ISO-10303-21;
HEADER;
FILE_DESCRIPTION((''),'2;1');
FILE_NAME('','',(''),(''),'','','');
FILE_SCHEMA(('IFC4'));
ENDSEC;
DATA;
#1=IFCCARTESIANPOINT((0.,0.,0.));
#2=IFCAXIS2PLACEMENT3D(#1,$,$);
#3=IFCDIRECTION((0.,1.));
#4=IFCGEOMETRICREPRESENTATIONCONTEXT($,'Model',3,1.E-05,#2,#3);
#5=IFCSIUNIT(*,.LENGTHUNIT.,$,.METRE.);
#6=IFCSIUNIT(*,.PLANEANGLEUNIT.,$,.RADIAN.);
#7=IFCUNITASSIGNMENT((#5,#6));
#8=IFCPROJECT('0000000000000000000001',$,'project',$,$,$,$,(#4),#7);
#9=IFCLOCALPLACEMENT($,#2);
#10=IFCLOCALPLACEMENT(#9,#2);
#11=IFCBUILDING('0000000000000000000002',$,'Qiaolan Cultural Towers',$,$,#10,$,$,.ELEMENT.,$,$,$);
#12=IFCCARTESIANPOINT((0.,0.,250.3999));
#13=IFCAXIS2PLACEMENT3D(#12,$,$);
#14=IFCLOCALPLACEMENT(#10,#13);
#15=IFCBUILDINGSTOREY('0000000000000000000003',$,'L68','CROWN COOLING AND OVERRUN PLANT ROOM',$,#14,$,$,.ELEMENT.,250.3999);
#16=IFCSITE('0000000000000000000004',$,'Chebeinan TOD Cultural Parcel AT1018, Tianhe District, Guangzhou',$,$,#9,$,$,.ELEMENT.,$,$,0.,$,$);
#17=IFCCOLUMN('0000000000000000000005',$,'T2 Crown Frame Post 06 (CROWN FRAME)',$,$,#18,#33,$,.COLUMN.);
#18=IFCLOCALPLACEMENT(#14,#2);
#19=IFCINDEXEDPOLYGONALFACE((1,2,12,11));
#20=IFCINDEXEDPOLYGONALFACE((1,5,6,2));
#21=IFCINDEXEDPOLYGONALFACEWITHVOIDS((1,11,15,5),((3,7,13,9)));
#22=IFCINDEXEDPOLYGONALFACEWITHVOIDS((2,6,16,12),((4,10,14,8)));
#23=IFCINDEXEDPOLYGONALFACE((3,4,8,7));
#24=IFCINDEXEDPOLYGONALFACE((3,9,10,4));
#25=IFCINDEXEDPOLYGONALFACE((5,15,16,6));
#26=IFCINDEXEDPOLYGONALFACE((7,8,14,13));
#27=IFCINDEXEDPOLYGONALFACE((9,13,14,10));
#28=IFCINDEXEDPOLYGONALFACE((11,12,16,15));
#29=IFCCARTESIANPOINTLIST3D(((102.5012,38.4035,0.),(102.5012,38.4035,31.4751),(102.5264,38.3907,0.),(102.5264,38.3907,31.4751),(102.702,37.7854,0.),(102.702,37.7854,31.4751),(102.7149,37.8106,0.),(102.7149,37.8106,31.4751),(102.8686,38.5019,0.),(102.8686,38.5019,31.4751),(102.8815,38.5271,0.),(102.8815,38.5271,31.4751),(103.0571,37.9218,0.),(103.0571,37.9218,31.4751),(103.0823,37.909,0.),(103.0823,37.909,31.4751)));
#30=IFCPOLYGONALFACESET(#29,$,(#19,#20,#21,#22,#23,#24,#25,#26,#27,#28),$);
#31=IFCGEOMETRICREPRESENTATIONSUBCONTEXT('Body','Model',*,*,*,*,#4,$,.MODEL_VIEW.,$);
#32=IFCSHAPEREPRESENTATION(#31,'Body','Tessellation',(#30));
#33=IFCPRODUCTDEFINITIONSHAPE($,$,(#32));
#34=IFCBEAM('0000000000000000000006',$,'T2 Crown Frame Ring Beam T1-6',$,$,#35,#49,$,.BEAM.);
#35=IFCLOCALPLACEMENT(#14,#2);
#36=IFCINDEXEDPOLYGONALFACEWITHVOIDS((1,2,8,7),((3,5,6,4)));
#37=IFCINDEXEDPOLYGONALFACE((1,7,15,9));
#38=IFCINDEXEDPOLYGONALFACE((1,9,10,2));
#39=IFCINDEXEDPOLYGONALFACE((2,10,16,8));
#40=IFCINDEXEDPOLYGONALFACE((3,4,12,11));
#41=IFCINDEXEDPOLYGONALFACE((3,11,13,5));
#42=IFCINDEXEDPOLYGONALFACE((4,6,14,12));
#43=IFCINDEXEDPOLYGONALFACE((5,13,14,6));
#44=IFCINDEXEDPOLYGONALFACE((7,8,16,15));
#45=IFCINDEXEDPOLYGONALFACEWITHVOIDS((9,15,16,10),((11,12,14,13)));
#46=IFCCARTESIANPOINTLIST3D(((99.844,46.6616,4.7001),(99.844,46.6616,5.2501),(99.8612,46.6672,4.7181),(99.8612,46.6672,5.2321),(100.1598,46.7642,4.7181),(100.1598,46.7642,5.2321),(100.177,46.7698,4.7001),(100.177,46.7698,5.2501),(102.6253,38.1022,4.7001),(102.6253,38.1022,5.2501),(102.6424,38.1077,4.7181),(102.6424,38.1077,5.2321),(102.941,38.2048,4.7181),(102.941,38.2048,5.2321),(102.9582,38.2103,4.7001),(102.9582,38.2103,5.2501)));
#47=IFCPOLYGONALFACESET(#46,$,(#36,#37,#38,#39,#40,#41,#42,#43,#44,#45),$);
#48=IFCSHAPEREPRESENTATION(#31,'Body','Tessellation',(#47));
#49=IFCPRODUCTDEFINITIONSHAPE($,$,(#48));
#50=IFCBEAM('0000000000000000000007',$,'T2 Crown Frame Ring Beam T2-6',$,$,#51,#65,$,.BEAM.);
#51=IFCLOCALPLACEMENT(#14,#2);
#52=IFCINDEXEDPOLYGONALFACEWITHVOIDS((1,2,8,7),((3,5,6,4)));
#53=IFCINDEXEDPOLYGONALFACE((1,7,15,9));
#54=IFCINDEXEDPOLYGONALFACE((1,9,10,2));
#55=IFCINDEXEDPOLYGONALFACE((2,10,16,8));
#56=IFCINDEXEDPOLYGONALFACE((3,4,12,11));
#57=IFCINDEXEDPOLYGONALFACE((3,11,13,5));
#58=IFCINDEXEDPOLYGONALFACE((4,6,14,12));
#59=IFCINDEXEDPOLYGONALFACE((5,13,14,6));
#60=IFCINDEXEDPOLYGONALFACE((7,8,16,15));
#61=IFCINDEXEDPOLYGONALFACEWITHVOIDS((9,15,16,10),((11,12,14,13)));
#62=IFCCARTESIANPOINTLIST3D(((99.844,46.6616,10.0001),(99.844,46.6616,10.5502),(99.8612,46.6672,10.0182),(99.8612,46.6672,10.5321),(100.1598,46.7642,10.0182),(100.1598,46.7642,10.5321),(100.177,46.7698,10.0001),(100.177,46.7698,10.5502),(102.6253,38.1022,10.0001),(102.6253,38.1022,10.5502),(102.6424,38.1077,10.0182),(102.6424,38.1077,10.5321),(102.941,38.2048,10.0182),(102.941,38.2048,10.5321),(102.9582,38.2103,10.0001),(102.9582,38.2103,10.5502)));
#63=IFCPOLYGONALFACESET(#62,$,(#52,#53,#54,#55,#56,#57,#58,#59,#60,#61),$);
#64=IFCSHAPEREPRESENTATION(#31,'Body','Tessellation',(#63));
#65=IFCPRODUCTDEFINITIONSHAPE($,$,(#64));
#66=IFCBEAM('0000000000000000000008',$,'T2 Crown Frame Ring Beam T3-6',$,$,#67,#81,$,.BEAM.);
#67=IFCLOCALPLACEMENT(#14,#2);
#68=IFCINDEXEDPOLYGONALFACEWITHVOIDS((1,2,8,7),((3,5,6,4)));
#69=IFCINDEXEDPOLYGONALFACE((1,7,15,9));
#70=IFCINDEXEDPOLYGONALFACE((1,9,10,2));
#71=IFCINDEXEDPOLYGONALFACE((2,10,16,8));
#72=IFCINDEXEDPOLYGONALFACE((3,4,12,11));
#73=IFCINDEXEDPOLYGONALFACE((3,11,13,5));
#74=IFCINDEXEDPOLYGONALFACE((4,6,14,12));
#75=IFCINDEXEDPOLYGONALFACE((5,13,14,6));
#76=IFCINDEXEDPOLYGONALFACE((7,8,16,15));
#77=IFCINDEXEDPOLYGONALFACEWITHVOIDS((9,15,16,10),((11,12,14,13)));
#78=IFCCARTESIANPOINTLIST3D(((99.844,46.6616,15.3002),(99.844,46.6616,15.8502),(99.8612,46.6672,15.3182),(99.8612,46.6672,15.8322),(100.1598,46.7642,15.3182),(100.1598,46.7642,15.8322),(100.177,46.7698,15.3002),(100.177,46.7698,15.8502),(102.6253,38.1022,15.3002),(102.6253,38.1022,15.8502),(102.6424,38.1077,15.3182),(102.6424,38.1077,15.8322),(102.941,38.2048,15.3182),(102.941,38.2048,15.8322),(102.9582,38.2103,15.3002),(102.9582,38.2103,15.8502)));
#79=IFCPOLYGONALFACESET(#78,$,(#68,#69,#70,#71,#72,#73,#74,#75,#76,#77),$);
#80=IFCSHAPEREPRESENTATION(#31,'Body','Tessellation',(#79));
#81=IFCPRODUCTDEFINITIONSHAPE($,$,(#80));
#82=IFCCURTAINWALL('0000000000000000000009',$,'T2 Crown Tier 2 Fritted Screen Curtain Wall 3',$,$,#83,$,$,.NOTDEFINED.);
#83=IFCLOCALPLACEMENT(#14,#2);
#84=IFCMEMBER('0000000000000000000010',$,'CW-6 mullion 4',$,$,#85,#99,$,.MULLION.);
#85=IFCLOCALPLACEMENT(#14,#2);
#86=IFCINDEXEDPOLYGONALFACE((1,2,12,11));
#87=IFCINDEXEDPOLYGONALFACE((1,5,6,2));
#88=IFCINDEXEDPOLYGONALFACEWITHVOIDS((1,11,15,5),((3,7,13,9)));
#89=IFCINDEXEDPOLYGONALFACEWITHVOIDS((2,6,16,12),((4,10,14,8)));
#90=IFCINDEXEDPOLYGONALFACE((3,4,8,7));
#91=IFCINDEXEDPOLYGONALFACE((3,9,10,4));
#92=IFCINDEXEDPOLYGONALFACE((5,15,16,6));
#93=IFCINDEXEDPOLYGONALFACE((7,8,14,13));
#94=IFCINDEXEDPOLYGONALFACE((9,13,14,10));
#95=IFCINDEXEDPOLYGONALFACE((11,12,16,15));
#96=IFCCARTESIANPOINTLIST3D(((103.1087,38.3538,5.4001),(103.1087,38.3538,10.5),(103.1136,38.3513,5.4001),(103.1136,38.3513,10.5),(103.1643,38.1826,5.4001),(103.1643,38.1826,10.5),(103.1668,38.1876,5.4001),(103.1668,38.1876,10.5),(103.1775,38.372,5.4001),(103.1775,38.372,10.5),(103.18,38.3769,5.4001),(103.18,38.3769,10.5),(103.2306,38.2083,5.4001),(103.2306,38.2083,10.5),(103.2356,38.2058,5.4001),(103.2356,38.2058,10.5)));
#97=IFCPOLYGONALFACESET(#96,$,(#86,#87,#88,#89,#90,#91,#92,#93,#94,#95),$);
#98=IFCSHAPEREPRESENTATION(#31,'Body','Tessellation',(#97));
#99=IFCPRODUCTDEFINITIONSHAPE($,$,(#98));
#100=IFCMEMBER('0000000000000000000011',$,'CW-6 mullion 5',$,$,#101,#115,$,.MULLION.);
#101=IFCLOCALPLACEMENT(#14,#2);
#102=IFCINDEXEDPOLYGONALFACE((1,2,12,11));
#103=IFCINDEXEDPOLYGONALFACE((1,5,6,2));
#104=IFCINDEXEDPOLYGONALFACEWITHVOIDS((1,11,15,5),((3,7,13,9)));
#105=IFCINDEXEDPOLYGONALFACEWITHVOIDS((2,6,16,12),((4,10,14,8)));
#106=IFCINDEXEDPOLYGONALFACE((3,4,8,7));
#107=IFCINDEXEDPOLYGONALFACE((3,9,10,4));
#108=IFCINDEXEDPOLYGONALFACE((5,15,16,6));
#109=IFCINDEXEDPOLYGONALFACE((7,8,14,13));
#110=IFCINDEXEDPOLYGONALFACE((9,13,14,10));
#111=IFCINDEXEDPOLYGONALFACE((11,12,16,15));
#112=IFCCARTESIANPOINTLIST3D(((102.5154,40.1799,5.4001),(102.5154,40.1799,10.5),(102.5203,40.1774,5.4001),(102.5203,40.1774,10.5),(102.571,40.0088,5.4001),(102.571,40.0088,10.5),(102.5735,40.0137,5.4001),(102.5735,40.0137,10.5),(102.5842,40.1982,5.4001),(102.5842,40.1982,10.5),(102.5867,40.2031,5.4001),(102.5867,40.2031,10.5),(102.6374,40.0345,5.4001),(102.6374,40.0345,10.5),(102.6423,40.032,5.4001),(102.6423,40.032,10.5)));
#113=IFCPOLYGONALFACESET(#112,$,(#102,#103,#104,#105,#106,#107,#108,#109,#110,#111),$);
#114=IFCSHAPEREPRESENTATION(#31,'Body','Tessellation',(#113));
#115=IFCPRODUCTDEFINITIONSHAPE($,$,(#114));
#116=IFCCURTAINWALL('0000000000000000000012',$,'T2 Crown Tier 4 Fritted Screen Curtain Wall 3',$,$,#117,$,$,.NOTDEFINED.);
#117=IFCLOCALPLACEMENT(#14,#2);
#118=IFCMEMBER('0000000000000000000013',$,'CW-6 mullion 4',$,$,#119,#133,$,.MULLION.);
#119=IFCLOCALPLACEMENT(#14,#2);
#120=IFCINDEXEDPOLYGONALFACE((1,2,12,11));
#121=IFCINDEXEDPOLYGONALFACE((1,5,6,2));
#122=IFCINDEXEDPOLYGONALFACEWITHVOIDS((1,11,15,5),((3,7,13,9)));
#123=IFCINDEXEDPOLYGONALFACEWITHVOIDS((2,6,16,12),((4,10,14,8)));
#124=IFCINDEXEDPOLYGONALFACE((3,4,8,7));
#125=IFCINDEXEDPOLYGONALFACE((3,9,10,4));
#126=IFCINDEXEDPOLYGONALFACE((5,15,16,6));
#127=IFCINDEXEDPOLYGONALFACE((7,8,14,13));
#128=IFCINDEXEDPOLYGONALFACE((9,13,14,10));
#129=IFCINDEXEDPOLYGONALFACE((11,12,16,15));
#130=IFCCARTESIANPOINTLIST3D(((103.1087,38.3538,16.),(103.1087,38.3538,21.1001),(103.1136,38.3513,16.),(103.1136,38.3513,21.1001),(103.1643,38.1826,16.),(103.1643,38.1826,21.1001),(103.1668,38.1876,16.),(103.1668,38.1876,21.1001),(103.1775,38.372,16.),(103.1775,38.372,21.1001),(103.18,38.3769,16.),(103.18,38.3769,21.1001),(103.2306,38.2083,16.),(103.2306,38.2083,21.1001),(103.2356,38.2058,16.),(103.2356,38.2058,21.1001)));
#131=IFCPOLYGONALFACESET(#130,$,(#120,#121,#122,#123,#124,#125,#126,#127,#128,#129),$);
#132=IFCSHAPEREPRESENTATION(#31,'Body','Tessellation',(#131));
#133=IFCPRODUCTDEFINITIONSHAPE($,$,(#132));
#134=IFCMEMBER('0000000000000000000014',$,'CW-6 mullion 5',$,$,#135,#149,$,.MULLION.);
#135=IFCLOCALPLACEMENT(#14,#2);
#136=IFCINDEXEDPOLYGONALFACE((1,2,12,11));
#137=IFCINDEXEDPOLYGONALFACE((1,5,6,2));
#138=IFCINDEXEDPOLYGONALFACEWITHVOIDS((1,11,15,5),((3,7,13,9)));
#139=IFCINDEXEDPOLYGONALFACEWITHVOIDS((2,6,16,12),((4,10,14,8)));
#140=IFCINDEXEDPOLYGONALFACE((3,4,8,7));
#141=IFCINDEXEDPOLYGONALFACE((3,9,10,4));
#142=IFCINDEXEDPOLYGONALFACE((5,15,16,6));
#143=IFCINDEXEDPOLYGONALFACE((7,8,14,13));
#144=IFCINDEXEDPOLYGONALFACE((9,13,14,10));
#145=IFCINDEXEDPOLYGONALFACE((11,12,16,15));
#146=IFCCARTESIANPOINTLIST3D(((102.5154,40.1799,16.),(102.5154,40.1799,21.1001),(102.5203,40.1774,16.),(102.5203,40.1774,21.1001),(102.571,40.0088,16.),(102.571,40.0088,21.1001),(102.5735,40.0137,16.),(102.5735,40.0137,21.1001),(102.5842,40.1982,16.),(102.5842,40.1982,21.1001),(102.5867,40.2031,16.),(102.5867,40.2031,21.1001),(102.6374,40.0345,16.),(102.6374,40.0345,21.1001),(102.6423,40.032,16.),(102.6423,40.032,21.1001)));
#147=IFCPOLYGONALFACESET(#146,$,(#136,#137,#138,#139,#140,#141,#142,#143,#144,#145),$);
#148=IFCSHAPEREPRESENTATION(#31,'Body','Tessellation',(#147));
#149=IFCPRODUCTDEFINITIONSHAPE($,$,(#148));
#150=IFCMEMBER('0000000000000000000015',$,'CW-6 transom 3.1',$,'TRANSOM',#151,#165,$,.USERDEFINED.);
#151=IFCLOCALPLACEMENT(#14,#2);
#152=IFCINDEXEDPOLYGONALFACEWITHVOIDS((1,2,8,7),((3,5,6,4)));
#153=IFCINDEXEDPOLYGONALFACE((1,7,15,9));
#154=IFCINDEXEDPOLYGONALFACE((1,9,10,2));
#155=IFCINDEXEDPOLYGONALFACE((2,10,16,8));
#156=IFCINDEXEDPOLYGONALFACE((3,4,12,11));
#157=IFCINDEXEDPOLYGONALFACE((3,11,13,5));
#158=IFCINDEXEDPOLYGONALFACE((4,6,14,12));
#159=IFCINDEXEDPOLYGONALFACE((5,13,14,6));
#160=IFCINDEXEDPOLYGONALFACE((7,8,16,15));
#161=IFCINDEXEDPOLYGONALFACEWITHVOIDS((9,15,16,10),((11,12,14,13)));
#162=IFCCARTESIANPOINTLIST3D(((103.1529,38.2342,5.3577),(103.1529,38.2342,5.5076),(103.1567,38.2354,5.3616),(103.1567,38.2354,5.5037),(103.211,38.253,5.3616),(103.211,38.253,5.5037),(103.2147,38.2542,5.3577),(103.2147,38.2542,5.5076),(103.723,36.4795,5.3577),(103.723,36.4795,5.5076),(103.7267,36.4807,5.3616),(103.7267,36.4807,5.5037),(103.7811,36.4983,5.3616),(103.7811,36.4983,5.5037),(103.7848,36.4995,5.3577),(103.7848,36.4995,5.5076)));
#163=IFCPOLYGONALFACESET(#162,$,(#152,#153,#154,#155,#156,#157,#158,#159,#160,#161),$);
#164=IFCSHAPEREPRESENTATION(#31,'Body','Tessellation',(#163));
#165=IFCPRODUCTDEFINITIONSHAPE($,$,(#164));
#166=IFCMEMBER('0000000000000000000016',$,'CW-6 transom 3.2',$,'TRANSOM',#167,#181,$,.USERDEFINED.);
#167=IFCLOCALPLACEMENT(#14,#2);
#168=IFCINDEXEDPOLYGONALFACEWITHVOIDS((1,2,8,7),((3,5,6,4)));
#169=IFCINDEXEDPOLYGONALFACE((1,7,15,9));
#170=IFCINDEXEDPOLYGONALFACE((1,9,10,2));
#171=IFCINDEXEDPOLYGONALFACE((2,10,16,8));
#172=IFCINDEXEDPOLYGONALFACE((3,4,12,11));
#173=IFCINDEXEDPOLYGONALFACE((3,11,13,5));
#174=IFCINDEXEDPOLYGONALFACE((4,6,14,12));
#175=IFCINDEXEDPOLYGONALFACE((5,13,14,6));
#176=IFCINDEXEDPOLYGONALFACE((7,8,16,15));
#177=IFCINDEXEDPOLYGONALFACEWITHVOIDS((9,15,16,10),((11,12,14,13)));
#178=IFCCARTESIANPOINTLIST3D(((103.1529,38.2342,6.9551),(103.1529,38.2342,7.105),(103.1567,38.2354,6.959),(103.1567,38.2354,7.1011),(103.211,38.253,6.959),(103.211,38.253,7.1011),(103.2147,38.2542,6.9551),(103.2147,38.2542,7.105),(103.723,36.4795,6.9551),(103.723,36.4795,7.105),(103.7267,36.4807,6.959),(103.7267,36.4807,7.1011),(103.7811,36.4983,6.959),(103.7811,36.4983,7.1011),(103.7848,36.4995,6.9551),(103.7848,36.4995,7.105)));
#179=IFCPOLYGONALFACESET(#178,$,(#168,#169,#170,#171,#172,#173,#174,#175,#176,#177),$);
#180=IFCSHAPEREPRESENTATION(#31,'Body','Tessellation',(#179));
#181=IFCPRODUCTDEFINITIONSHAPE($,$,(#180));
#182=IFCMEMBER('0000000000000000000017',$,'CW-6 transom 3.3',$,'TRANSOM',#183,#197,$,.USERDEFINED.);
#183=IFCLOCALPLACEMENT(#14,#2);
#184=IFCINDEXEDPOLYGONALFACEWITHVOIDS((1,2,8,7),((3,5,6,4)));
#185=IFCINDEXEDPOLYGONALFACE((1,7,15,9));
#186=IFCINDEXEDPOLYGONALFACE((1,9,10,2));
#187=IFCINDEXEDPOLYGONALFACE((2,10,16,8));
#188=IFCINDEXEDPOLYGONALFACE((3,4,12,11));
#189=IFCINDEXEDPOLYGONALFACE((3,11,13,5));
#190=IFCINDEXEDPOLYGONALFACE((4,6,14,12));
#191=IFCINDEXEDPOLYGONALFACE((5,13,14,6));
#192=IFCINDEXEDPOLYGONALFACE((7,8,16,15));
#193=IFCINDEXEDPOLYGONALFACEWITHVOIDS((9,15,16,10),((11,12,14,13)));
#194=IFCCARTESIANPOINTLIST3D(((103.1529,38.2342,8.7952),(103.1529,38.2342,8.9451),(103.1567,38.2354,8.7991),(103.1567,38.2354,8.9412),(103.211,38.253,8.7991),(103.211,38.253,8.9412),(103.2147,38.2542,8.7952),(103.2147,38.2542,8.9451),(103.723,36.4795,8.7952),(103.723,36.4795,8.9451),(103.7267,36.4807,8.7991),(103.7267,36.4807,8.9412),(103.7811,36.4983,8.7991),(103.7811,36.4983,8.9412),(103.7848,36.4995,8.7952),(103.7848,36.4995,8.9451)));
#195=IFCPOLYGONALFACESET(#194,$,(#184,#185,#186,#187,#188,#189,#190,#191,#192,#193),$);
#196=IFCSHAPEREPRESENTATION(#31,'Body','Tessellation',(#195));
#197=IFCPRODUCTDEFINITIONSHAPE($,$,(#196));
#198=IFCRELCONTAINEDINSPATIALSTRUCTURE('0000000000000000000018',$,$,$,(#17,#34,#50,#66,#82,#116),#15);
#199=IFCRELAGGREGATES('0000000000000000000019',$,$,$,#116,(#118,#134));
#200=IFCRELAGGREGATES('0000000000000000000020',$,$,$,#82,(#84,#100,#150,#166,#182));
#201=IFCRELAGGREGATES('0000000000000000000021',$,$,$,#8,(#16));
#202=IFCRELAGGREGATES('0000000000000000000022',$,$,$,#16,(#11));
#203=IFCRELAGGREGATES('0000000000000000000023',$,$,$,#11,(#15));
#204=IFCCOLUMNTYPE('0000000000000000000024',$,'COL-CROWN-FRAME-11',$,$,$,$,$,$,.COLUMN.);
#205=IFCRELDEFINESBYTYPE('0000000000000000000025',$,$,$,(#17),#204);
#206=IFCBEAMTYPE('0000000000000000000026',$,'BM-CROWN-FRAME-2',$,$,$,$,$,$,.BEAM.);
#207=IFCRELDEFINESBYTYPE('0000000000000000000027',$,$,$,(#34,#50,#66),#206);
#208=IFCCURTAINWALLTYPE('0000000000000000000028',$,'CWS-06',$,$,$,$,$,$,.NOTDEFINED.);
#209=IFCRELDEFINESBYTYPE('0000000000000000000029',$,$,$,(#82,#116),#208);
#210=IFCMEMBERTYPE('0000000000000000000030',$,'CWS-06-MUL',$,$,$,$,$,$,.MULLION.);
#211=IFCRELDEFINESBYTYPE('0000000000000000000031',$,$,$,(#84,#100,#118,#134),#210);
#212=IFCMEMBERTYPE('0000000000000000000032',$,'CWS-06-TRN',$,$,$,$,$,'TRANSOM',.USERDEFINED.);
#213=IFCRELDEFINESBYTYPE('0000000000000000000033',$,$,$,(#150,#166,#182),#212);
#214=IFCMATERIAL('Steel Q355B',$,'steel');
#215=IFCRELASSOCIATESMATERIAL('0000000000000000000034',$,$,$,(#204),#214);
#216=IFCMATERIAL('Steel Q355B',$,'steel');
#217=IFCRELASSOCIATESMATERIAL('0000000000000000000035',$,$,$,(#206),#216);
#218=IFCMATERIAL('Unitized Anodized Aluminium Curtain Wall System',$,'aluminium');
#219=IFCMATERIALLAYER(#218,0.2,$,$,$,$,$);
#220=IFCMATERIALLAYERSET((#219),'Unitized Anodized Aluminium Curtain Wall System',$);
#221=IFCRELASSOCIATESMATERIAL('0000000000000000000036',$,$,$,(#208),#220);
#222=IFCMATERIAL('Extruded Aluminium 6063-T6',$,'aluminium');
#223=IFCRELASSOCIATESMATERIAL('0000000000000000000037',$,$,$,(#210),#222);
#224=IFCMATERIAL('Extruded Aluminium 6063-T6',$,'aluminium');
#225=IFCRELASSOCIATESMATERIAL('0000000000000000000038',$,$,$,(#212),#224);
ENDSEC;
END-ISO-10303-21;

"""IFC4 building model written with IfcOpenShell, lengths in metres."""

from ifc_helpers import new_model, si_unit, direction, frame, origin, origin_2d, place, context, subcontext, project, spatial, hollow_rectangle, extrude, material, layer, layer_set, material_profile, profile_set, type_object, element, aggregate, save


model = new_model("IFC4")

# Units and contexts
model_context = context("Model", 3, precision=1e-05, world=origin(), true_north=direction((0.0, 1.0)))
body_context = subcontext(model_context, "Body", "Model", "MODEL_VIEW")
ifc_project = project(units=[si_unit("LENGTHUNIT", "METRE"), si_unit("PLANEANGLEUNIT", "RADIAN")], contexts=[model_context])

# Site, building, storey
site_placement = place(None, origin())
site = spatial("IfcSite", under=ifc_project, at=site_placement, Name="Chebeinan TOD Cultural Parcel AT1018, Tianhe District, Guangzhou", CompositionType="ELEMENT", RefElevation=0.0)
building_placement = place(site_placement, origin())
building = spatial("IfcBuilding", under=site, at=building_placement, Name="Qiaolan Cultural Towers", CompositionType="ELEMENT")
storey_placement = place(building_placement, frame((0.0, 0.0, 250.3999)))
storey = spatial("IfcBuildingStorey", under=building, at=storey_placement, Name="L68", Description="CROWN COOLING AND OVERRUN PLANT ROOM", CompositionType="ELEMENT", Elevation=250.3999)

# Column
ifc_material_1 = material(Name="Steel Q355B", Category="steel")
ifc_material_profile_1 = material_profile(ifc_material_1, hollow_rectangle(XDim=0.3999, YDim=0.6499, WallThickness=0.02, at=origin_2d()), Name="BOX650x400x20")
ifc_profile_set_1 = profile_set([ifc_material_profile_1], Name="Steel Q355B")
column_type = type_object("IfcColumnType", Name="COL-CROWN-FRAME-11", PredefinedType="COLUMN", material=ifc_profile_set_1)
column_placement = place(storey_placement, frame((102.7917, 38.1562, 0.0), z_axis=(0.0, 0.0, 1.0), x_axis=(0.951057, 0.309017, 0.0)))
element("IfcColumn", 1, at=column_placement, inside=storey, type_object=column_type, Name="T2 Crown Frame Post 06 (CROWN FRAME)", PredefinedType="COLUMN", context=body_context, shape_type="SweptSolid", body=[
    extrude(hollow_rectangle(XDim=0.3999, YDim=0.6499, WallThickness=0.02, at=origin_2d()), origin(), (0.0, 0.0, 1.0), 31.4751),
])

# Beams
ifc_material_2 = material(Name="Steel Q355B", Category="steel")
ifc_material_profile_2 = material_profile(ifc_material_2, hollow_rectangle(XDim=0.3501, YDim=0.55, WallThickness=0.0181, at=origin_2d()), Name="BOX550x350x18")
ifc_profile_set_2 = profile_set([ifc_material_profile_2], Name="Steel Q355B")
beam_type = type_object("IfcBeamType", Name="BM-CROWN-FRAME-2", PredefinedType="BEAM", material=ifc_profile_set_2)
for number, where, z_axis, x_axis, name in (
    (2, (102.7917, 38.1562, 4.9751), (-0.309025, 0.951054, 0.0), (-0.951054, -0.309025, 0.0), "T2 Crown Frame Ring Beam T1-6"),
    (3, (102.7917, 38.1562, 10.2751), (-0.309025, 0.951054, 0.0), (-0.951054, -0.309025, 0.0), "T2 Crown Frame Ring Beam T2-6"),
    (4, (102.7917, 38.1562, 15.5752), (-0.309025, 0.951054, 0.0), (-0.951054, -0.309025, 0.0), "T2 Crown Frame Ring Beam T3-6"),
):
    element("IfcBeam", number, at=place(storey_placement, frame(where, z_axis=z_axis, x_axis=x_axis)), inside=storey, type_object=beam_type, Name=name, PredefinedType="BEAM", context=body_context, shape_type="SweptSolid", body=[
        extrude(hollow_rectangle(XDim=0.3501, YDim=0.55, WallThickness=0.0181, at=origin_2d()), origin(), (0.0, 0.0, 1.0), 9.0),
    ])

# Curtain walls, members
ifc_material_3 = material(Name="Unitized Anodized Aluminium Curtain Wall System", Category="aluminium")
ifc_layer_1 = layer(ifc_material_3, 0.2)
ifc_layer_set_1 = layer_set([ifc_layer_1], Name="Unitized Anodized Aluminium Curtain Wall System")
curtain_wall_type = type_object("IfcCurtainWallType", Name="CWS-06", PredefinedType="NOTDEFINED", material=ifc_layer_set_1)
curtain_wall_1_placement = place(storey_placement, origin())
curtain_wall_1 = element("IfcCurtainWall", 5, at=curtain_wall_1_placement, inside=storey, type_object=curtain_wall_type, Name="T2 Crown Tier 2 Fritted Screen Curtain Wall 3", PredefinedType="NOTDEFINED")
ifc_material_4 = material(Name="Extruded Aluminium 6063-T6", Category="aluminium")
ifc_material_profile_3 = material_profile(ifc_material_4, hollow_rectangle(XDim=0.075, YDim=0.1799, WallThickness=0.0039, at=origin_2d()), Name="CWM-180x75x4")
ifc_profile_set_3 = profile_set([ifc_material_profile_3], Name="Extruded Aluminium 6063-T6")
member_type_1 = type_object("IfcMemberType", Name="CWS-06-MUL", PredefinedType="MULLION", material=ifc_profile_set_3)
member_1_placement = place(storey_placement, frame((103.1721, 38.2798, 5.4001), z_axis=(0.0, 0.0, 1.0), x_axis=(-0.951057, -0.309017, 0.0)))
member_1 = element("IfcMember", 6, at=member_1_placement, type_object=member_type_1, Name="CW-6 mullion 4", PredefinedType="MULLION", context=body_context, shape_type="SweptSolid", body=[
    extrude(hollow_rectangle(XDim=0.075, YDim=0.1799, WallThickness=0.0039, at=origin_2d()), origin(), (0.0, 0.0, 1.0), 5.0999),
])
member_2_placement = place(storey_placement, frame((102.5789, 40.106, 5.4001), z_axis=(0.0, 0.0, 1.0), x_axis=(-0.951057, -0.309017, 0.0)))
member_2 = element("IfcMember", 7, at=member_2_placement, type_object=member_type_1, Name="CW-6 mullion 5", PredefinedType="MULLION", context=body_context, shape_type="SweptSolid", body=[
    extrude(hollow_rectangle(XDim=0.075, YDim=0.1799, WallThickness=0.0039, at=origin_2d()), origin(), (0.0, 0.0, 1.0), 5.0999),
])
curtain_wall_2_placement = place(storey_placement, origin())
curtain_wall_2 = element("IfcCurtainWall", 8, at=curtain_wall_2_placement, inside=storey, type_object=curtain_wall_type, Name="T2 Crown Tier 4 Fritted Screen Curtain Wall 3", PredefinedType="NOTDEFINED")
member_3_placement = place(storey_placement, frame((103.1721, 38.2798, 16.0), z_axis=(0.0, 0.0, 1.0), x_axis=(-0.951057, -0.309017, 0.0)))
member_3 = element("IfcMember", 9, at=member_3_placement, type_object=member_type_1, Name="CW-6 mullion 4", PredefinedType="MULLION", context=body_context, shape_type="SweptSolid", body=[
    extrude(hollow_rectangle(XDim=0.075, YDim=0.1799, WallThickness=0.0039, at=origin_2d()), origin(), (0.0, 0.0, 1.0), 5.1001),
])
member_4_placement = place(storey_placement, frame((102.5789, 40.106, 16.0), z_axis=(0.0, 0.0, 1.0), x_axis=(-0.951057, -0.309017, 0.0)))
member_4 = element("IfcMember", 10, at=member_4_placement, type_object=member_type_1, Name="CW-6 mullion 5", PredefinedType="MULLION", context=body_context, shape_type="SweptSolid", body=[
    extrude(hollow_rectangle(XDim=0.075, YDim=0.1799, WallThickness=0.0039, at=origin_2d()), origin(), (0.0, 0.0, 1.0), 5.1001),
])

# Members
ifc_material_5 = material(Name="Extruded Aluminium 6063-T6", Category="aluminium")
ifc_material_profile_4 = material_profile(ifc_material_5, hollow_rectangle(XDim=0.0649, YDim=0.1499, WallThickness=0.0039, at=origin_2d()), Name="CWT-150x65x4")
ifc_profile_set_4 = profile_set([ifc_material_profile_4], Name="Extruded Aluminium 6063-T6")
member_type_2 = type_object("IfcMemberType", Name="CWS-06-TRN", ElementType="TRANSOM", PredefinedType="USERDEFINED", material=ifc_profile_set_4)
member_5_placement = place(storey_placement, frame((103.7539, 36.4895, 5.4326), z_axis=(-0.308993, 0.951064, 0.0), x_axis=(-0.951064, -0.308993, 0.0)))
member_5 = element("IfcMember", 11, at=member_5_placement, type_object=member_type_2, Name="CW-6 transom 3.1", ObjectType="TRANSOM", PredefinedType="USERDEFINED", context=body_context, shape_type="SweptSolid", body=[
    extrude(hollow_rectangle(XDim=0.0649, YDim=0.1499, WallThickness=0.0039, at=origin_2d()), origin(), (0.0, 0.0, 1.0), 1.845),
])
member_6_placement = place(storey_placement, frame((103.7539, 36.4895, 7.03), z_axis=(-0.308993, 0.951064, 0.0), x_axis=(-0.951064, -0.308993, 0.0)))
member_6 = element("IfcMember", 12, at=member_6_placement, type_object=member_type_2, Name="CW-6 transom 3.2", ObjectType="TRANSOM", PredefinedType="USERDEFINED", context=body_context, shape_type="SweptSolid", body=[
    extrude(hollow_rectangle(XDim=0.0649, YDim=0.1499, WallThickness=0.0039, at=origin_2d()), origin(), (0.0, 0.0, 1.0), 1.845),
])
member_7_placement = place(storey_placement, frame((103.7539, 36.4895, 8.8701), z_axis=(-0.308993, 0.951064, 0.0), x_axis=(-0.951064, -0.308993, 0.0)))
member_7 = element("IfcMember", 13, at=member_7_placement, type_object=member_type_2, Name="CW-6 transom 3.3", ObjectType="TRANSOM", PredefinedType="USERDEFINED", context=body_context, shape_type="SweptSolid", body=[
    extrude(hollow_rectangle(XDim=0.0649, YDim=0.1499, WallThickness=0.0039, at=origin_2d()), origin(), (0.0, 0.0, 1.0), 1.845),
])
aggregate(curtain_wall_2, [member_3, member_4])

aggregate(curtain_wall_1, [member_1, member_2, member_5, member_6, member_7])

save(model, "model.ifc")
